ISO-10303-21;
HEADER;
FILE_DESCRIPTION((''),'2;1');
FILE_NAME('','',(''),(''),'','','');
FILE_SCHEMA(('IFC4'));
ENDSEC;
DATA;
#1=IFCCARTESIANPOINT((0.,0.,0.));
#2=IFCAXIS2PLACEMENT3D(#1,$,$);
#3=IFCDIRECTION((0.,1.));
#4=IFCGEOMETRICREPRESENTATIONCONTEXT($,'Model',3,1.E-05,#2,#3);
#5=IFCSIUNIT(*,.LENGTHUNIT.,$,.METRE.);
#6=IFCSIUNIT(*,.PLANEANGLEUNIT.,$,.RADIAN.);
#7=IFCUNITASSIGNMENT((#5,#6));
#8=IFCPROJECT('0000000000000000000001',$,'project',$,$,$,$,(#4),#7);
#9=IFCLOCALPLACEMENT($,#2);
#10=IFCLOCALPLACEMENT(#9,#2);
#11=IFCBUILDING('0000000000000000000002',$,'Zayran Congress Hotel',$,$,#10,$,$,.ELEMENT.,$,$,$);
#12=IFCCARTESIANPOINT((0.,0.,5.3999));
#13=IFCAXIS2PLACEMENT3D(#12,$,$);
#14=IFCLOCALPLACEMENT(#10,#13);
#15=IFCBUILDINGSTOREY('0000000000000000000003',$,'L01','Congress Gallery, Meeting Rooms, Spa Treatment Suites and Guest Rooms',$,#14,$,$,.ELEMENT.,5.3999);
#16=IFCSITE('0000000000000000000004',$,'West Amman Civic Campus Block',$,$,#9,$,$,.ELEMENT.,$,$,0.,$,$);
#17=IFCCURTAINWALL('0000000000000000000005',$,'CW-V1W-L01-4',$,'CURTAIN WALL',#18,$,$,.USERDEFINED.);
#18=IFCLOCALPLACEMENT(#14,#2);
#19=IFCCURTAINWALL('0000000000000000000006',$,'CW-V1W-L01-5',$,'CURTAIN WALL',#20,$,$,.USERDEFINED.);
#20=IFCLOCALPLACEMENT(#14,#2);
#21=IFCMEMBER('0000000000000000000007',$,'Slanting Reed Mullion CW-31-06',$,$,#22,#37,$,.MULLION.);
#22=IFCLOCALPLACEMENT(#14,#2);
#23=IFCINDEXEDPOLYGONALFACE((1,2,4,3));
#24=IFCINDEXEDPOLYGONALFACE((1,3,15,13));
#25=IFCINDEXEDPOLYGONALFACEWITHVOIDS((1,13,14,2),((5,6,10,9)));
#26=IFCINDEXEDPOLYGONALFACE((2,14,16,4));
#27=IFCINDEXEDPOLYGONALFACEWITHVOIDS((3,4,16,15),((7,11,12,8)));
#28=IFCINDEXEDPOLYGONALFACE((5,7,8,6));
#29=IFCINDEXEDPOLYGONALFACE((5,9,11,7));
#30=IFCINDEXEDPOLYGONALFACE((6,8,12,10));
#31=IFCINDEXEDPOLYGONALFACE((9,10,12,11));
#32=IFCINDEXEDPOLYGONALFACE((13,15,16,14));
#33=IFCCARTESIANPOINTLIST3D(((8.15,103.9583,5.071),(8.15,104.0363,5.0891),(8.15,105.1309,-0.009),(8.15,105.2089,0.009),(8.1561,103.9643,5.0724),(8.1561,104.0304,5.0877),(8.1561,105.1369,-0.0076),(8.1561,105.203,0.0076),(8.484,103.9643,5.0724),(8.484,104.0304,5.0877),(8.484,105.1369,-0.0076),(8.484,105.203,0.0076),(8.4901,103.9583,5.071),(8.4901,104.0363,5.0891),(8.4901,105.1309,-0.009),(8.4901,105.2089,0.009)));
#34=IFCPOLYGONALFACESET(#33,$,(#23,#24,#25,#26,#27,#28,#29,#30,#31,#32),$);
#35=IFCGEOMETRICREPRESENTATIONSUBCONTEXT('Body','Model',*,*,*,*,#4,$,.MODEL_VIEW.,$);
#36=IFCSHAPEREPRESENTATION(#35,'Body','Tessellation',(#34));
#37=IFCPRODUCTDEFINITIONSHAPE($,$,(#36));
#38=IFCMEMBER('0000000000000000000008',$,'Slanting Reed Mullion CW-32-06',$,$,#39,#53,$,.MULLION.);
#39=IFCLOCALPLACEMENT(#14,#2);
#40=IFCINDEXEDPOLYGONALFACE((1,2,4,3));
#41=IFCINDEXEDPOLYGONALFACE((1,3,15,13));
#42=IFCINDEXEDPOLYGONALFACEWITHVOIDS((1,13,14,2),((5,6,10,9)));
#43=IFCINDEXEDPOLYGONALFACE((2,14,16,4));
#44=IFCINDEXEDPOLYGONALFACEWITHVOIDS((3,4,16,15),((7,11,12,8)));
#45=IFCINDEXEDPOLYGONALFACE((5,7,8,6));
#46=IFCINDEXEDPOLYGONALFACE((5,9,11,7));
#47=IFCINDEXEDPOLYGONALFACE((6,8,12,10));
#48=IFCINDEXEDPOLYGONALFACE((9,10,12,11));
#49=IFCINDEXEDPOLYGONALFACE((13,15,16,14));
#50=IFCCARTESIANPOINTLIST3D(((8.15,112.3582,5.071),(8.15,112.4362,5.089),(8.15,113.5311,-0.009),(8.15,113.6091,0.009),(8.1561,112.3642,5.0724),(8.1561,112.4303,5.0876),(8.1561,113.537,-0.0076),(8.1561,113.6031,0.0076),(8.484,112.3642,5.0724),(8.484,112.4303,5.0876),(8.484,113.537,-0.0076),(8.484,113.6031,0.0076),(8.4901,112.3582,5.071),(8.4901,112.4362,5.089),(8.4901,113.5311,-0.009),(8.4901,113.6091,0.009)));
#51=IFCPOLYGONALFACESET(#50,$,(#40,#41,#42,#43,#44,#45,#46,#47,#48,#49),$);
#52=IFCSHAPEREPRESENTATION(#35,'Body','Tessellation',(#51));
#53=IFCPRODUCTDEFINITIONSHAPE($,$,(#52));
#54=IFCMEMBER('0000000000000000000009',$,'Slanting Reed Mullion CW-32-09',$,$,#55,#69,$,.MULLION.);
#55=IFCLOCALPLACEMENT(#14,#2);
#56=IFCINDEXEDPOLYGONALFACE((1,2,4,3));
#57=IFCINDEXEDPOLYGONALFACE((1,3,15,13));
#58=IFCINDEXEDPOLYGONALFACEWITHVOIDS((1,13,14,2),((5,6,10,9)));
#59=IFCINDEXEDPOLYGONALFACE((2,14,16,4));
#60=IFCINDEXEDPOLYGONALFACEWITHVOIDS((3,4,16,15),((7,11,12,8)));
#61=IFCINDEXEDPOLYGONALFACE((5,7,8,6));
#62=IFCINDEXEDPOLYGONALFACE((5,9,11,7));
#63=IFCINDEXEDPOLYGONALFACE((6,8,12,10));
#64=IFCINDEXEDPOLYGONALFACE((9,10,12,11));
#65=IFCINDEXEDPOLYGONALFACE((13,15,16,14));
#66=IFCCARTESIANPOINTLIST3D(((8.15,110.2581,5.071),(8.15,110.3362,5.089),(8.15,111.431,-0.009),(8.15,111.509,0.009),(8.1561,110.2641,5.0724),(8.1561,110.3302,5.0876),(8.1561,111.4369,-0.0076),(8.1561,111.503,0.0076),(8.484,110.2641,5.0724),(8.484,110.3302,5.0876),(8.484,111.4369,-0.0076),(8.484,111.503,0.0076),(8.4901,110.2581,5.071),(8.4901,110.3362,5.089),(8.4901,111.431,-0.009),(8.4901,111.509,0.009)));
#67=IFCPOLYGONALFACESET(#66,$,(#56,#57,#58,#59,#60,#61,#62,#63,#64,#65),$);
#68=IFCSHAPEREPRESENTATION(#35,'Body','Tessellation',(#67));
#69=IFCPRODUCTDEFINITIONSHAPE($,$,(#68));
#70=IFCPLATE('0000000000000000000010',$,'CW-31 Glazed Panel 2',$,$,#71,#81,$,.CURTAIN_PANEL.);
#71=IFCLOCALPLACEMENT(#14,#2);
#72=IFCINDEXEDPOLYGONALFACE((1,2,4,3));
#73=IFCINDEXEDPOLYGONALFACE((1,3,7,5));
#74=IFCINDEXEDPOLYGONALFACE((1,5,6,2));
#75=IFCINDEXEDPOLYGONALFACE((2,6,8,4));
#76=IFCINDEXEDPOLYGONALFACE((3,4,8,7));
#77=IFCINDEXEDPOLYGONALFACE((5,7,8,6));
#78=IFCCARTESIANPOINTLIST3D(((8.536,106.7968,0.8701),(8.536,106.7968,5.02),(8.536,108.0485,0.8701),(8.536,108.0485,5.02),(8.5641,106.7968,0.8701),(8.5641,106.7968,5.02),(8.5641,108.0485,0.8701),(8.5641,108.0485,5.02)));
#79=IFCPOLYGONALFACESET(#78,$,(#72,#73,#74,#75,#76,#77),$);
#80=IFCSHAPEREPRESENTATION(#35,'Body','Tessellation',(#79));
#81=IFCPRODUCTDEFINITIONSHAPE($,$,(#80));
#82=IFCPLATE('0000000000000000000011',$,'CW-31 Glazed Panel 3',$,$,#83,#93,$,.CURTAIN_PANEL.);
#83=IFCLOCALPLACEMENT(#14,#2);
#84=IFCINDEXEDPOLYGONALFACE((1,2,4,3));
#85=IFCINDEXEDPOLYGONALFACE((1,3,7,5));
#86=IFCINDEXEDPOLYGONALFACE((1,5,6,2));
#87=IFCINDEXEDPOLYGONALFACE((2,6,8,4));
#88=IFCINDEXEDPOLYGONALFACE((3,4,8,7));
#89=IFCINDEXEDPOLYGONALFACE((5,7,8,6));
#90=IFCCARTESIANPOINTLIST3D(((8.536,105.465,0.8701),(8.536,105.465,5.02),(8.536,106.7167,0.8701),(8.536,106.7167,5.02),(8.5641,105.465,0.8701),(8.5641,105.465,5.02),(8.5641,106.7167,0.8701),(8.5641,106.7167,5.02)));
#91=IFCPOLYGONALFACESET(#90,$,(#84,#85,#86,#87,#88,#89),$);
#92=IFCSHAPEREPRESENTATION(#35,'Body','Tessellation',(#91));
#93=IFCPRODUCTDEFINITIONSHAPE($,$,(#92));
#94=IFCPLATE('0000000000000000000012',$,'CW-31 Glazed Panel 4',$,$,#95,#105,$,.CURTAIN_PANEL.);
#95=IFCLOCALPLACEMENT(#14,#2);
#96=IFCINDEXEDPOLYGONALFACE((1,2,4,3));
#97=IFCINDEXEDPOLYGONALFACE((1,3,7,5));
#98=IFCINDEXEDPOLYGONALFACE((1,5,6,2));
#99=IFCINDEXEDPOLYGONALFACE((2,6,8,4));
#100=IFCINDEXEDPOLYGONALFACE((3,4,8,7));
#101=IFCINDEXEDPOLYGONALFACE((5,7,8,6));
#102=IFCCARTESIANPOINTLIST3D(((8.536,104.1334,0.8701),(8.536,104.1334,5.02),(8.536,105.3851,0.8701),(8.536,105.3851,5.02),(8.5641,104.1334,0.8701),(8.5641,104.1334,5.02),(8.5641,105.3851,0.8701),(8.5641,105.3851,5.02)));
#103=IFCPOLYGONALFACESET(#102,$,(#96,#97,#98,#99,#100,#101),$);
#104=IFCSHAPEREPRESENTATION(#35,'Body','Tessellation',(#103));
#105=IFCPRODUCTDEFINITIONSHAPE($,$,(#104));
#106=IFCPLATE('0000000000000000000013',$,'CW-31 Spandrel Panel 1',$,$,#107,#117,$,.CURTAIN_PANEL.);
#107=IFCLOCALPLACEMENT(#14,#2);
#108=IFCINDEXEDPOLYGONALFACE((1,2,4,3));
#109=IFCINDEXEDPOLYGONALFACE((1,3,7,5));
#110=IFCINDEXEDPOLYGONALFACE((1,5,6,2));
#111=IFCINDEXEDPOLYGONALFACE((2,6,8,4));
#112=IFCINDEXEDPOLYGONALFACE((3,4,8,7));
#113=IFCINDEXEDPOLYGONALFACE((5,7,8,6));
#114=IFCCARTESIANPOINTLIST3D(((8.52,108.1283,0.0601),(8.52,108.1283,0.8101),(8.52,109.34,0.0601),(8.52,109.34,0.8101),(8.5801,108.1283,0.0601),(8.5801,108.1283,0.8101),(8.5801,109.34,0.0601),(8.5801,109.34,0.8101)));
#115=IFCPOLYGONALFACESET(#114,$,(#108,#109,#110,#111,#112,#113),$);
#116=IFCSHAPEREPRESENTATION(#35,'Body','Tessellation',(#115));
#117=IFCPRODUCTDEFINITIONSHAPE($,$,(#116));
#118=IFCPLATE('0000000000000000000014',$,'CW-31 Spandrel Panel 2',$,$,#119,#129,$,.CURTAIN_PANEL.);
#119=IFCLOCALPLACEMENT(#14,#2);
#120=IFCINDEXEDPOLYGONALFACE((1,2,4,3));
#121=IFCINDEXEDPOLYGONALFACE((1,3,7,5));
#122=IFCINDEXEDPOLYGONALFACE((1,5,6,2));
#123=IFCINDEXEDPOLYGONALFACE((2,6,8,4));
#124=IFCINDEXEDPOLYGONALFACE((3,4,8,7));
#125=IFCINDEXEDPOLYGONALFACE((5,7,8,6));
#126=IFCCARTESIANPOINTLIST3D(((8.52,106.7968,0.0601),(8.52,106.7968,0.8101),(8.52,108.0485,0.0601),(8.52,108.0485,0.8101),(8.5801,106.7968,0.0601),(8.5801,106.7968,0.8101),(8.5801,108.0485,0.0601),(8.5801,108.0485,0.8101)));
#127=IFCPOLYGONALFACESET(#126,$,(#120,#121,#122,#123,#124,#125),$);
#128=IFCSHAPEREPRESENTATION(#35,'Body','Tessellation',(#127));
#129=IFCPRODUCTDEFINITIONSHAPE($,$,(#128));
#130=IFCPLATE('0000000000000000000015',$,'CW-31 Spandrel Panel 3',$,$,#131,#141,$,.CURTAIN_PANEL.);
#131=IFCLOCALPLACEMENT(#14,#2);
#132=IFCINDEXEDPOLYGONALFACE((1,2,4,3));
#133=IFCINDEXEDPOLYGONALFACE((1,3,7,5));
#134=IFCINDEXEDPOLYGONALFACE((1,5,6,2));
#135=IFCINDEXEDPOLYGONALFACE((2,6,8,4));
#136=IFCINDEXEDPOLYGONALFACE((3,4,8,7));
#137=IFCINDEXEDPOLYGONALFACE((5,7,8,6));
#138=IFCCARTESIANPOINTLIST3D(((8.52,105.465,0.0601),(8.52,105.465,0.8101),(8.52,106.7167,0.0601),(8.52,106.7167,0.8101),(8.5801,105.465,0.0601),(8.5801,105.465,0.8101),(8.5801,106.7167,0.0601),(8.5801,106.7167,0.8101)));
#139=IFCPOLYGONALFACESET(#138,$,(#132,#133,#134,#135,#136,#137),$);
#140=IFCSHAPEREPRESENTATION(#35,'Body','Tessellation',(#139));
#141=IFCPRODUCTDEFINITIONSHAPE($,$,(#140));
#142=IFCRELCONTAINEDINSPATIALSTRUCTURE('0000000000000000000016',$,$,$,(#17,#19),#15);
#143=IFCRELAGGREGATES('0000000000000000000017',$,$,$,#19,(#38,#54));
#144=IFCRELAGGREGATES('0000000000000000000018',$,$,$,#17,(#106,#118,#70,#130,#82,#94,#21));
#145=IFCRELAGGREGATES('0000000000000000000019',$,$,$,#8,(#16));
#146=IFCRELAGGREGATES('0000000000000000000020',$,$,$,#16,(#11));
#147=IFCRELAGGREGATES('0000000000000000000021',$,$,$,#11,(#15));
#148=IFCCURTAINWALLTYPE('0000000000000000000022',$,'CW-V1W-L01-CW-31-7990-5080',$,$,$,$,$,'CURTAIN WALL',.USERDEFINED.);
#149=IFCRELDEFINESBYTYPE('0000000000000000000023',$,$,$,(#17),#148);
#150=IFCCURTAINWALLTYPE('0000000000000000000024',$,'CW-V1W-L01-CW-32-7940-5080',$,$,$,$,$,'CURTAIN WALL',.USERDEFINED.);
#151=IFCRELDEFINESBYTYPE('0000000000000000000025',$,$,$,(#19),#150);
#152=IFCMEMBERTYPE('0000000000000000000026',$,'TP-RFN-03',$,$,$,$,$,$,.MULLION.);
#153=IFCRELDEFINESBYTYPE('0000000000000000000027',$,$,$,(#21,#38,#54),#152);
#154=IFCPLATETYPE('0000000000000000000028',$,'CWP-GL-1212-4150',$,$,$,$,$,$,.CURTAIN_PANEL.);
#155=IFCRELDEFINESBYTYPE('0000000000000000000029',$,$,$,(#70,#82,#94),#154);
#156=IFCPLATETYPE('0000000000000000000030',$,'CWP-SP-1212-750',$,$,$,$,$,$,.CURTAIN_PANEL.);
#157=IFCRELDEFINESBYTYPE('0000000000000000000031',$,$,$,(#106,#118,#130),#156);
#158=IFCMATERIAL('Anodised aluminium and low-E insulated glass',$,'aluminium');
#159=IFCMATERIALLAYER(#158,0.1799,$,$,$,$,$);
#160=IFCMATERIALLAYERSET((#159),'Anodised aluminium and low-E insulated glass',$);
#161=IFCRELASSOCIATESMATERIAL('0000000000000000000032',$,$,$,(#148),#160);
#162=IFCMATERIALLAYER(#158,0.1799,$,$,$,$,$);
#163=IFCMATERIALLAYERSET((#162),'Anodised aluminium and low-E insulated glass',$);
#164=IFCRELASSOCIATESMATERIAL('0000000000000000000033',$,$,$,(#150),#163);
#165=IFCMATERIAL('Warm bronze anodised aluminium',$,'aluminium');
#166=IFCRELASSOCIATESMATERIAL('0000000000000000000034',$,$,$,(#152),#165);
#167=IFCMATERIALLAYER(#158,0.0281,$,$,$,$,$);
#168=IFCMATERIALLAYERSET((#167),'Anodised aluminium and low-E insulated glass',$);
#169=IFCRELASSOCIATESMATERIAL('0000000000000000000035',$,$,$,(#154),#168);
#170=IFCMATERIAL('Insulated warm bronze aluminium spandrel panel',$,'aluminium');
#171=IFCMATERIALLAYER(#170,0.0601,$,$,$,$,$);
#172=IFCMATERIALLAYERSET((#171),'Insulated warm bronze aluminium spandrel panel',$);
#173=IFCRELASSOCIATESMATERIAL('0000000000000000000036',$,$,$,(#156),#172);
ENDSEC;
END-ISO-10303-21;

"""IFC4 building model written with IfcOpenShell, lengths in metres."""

from ifc_helpers import new_model, si_unit, direction, frame, origin, origin_2d, place, context, subcontext, project, spatial, rectangle, hollow_rectangle, extrude, material, layer, layer_set, material_profile, profile_set, type_object, element, aggregate, save


model = new_model("IFC4")

# Units and contexts
model_context = context("Model", 3, precision=1e-05, world=origin(), true_north=direction((0.0, 1.0)))
body_context = subcontext(model_context, "Body", "Model", "MODEL_VIEW")
ifc_project = project(units=[si_unit("LENGTHUNIT", "METRE"), si_unit("PLANEANGLEUNIT", "RADIAN")], contexts=[model_context])

# Site, building, storey
site_placement = place(None, origin())
site = spatial("IfcSite", under=ifc_project, at=site_placement, Name="West Amman Civic Campus Block", CompositionType="ELEMENT", RefElevation=0.0)
building_placement = place(site_placement, origin())
building = spatial("IfcBuilding", under=site, at=building_placement, Name="Zayran Congress Hotel", CompositionType="ELEMENT")
storey_placement = place(building_placement, frame((0.0, 0.0, 5.3999)))
storey = spatial("IfcBuildingStorey", under=building, at=storey_placement, Name="L01", Description="Congress Gallery, Meeting Rooms, Spa Treatment Suites and Guest Rooms", CompositionType="ELEMENT", Elevation=5.3999)

# Curtain walls
ifc_material_1 = material(Name="Anodised aluminium and low-E insulated glass", Category="aluminium")
ifc_layer_1 = layer(ifc_material_1, 0.1799)
ifc_layer_set_1 = layer_set([ifc_layer_1], Name="Anodised aluminium and low-E insulated glass")
curtain_wall_type_1 = type_object("IfcCurtainWallType", Name="CW-V1W-L01-CW-31-7990-5080", ElementType="CURTAIN WALL", PredefinedType="USERDEFINED", material=ifc_layer_set_1)
curtain_wall_1_placement = place(storey_placement, origin())
curtain_wall_1 = element("IfcCurtainWall", 1, at=curtain_wall_1_placement, inside=storey, type_object=curtain_wall_type_1, Name="CW-V1W-L01-4", ObjectType="CURTAIN WALL", PredefinedType="USERDEFINED")
ifc_material_2 = material(Name="Warm bronze anodised aluminium", Category="aluminium")
ifc_layer_2 = layer(ifc_material_1, 0.1799)
ifc_layer_set_2 = layer_set([ifc_layer_2], Name="Anodised aluminium and low-E insulated glass")
curtain_wall_type_2 = type_object("IfcCurtainWallType", Name="CW-V1W-L01-CW-32-7940-5080", ElementType="CURTAIN WALL", PredefinedType="USERDEFINED", material=ifc_layer_set_2)
curtain_wall_2_placement = place(storey_placement, origin())
curtain_wall_2 = element("IfcCurtainWall", 2, at=curtain_wall_2_placement, inside=storey, type_object=curtain_wall_type_2, Name="CW-V1W-L01-5", ObjectType="CURTAIN WALL", PredefinedType="USERDEFINED")

# Members
ifc_material_profile_1 = material_profile(ifc_material_2, hollow_rectangle(XDim=0.0801, YDim=0.3401, WallThickness=0.0061, at=origin_2d()), Name="RHS 340x80x6")
ifc_profile_set_1 = profile_set([ifc_material_profile_1], Name="Warm bronze anodised aluminium")
member_type_1 = type_object("IfcMemberType", Name="TP-RFN-03", PredefinedType="MULLION", material=ifc_profile_set_1)
member_1_placement = place(storey_placement, frame((8.3201, 105.1699, 0.0), z_axis=(0.0, -0.224911, 0.974379), x_axis=(0.0, 0.974379, 0.224911)))
member_1 = element("IfcMember", 3, at=member_1_placement, type_object=member_type_1, Name="Slanting Reed Mullion CW-31-06", PredefinedType="MULLION", context=body_context, shape_type="SweptSolid", body=[
    extrude(hollow_rectangle(XDim=0.0801, YDim=0.3401, WallThickness=0.0061, at=origin_2d()), origin(), (0.0, 0.0, 1.0), 5.2136),
])
member_2_placement = place(storey_placement, frame((8.3201, 113.5701, 0.0), z_axis=(0.0, -0.224955, 0.974369), x_axis=(0.0, 0.974369, 0.224955)))
member_2 = element("IfcMember", 4, at=member_2_placement, type_object=member_type_1, Name="Slanting Reed Mullion CW-32-06", PredefinedType="MULLION", context=body_context, shape_type="SweptSolid", body=[
    extrude(hollow_rectangle(XDim=0.0801, YDim=0.3401, WallThickness=0.0061, at=origin_2d()), origin(), (0.0, 0.0, 1.0), 5.2136),
])
member_3_placement = place(storey_placement, frame((8.3201, 111.47, 0.0), z_axis=(0.0, -0.224955, 0.974369), x_axis=(0.0, 0.974369, 0.224955)))
member_3 = element("IfcMember", 5, at=member_3_placement, type_object=member_type_1, Name="Slanting Reed Mullion CW-32-09", PredefinedType="MULLION", context=body_context, shape_type="SweptSolid", body=[
    extrude(hollow_rectangle(XDim=0.0801, YDim=0.3401, WallThickness=0.0061, at=origin_2d()), origin(), (0.0, 0.0, 1.0), 5.2136),
])
aggregate(curtain_wall_2, [member_2, member_3])

# Plates
ifc_layer_3 = layer(ifc_material_1, 0.0281)
ifc_layer_set_3 = layer_set([ifc_layer_3], Name="Anodised aluminium and low-E insulated glass")
plate_type_1 = type_object("IfcPlateType", Name="CWP-GL-1212-4150", PredefinedType="CURTAIN_PANEL", material=ifc_layer_set_3)
plate_1_placement = place(storey_placement, frame((8.55, 107.4226, 0.8701), z_axis=(0.0, 0.0, 1.0), x_axis=(0.0, 1.0, 0.0)))
plate_1 = element("IfcPlate", 6, at=plate_1_placement, type_object=plate_type_1, Name="CW-31 Glazed Panel 2", PredefinedType="CURTAIN_PANEL", context=body_context, shape_type="SweptSolid", body=[
    extrude(rectangle(XDim=1.2517, YDim=0.0281, at=origin_2d()), origin(), (0.0, 0.0, 1.0), 4.1499),
])
plate_2_placement = place(storey_placement, frame((8.55, 106.0908, 0.8701), z_axis=(0.0, 0.0, 1.0), x_axis=(0.0, 1.0, 0.0)))
plate_2 = element("IfcPlate", 7, at=plate_2_placement, type_object=plate_type_1, Name="CW-31 Glazed Panel 3", PredefinedType="CURTAIN_PANEL", context=body_context, shape_type="SweptSolid", body=[
    extrude(rectangle(XDim=1.2517, YDim=0.0281, at=origin_2d()), origin(), (0.0, 0.0, 1.0), 4.1499),
])
plate_3_placement = place(storey_placement, frame((8.55, 104.7593, 0.8701), z_axis=(0.0, 0.0, 1.0), x_axis=(0.0, 1.0, 0.0)))
plate_3 = element("IfcPlate", 8, at=plate_3_placement, type_object=plate_type_1, Name="CW-31 Glazed Panel 4", PredefinedType="CURTAIN_PANEL", context=body_context, shape_type="SweptSolid", body=[
    extrude(rectangle(XDim=1.2517, YDim=0.0281, at=origin_2d()), origin(), (0.0, 0.0, 1.0), 4.1499),
])
ifc_material_3 = material(Name="Insulated warm bronze aluminium spandrel panel", Category="aluminium")
ifc_layer_4 = layer(ifc_material_3, 0.0601)
ifc_layer_set_4 = layer_set([ifc_layer_4], Name="Insulated warm bronze aluminium spandrel panel")
plate_type_2 = type_object("IfcPlateType", Name="CWP-SP-1212-750", PredefinedType="CURTAIN_PANEL", material=ifc_layer_set_4)
plate_4_placement = place(storey_placement, frame((8.55, 108.7341, 0.0601), z_axis=(0.0, 0.0, 1.0), x_axis=(0.0, 1.0, 0.0)))
plate_4 = element("IfcPlate", 9, at=plate_4_placement, type_object=plate_type_2, Name="CW-31 Spandrel Panel 1", PredefinedType="CURTAIN_PANEL", context=body_context, shape_type="SweptSolid", body=[
    extrude(rectangle(XDim=1.2117, YDim=0.0601, at=origin_2d()), origin(), (0.0, 0.0, 1.0), 0.75),
])
plate_5_placement = place(storey_placement, frame((8.55, 107.4226, 0.0601), z_axis=(0.0, 0.0, 1.0), x_axis=(0.0, 1.0, 0.0)))
plate_5 = element("IfcPlate", 10, at=plate_5_placement, type_object=plate_type_2, Name="CW-31 Spandrel Panel 2", PredefinedType="CURTAIN_PANEL", context=body_context, shape_type="SweptSolid", body=[
    extrude(rectangle(XDim=1.2517, YDim=0.0601, at=origin_2d()), origin(), (0.0, 0.0, 1.0), 0.75),
])
plate_6_placement = place(storey_placement, frame((8.55, 106.0908, 0.0601), z_axis=(0.0, 0.0, 1.0), x_axis=(0.0, 1.0, 0.0)))
plate_6 = element("IfcPlate", 11, at=plate_6_placement, type_object=plate_type_2, Name="CW-31 Spandrel Panel 3", PredefinedType="CURTAIN_PANEL", context=body_context, shape_type="SweptSolid", body=[
    extrude(rectangle(XDim=1.2517, YDim=0.0601, at=origin_2d()), origin(), (0.0, 0.0, 1.0), 0.75),
])
aggregate(curtain_wall_1, [plate_4, plate_5, plate_1, plate_6, plate_2, plate_3, member_1])

save(model, "model.ifc")
